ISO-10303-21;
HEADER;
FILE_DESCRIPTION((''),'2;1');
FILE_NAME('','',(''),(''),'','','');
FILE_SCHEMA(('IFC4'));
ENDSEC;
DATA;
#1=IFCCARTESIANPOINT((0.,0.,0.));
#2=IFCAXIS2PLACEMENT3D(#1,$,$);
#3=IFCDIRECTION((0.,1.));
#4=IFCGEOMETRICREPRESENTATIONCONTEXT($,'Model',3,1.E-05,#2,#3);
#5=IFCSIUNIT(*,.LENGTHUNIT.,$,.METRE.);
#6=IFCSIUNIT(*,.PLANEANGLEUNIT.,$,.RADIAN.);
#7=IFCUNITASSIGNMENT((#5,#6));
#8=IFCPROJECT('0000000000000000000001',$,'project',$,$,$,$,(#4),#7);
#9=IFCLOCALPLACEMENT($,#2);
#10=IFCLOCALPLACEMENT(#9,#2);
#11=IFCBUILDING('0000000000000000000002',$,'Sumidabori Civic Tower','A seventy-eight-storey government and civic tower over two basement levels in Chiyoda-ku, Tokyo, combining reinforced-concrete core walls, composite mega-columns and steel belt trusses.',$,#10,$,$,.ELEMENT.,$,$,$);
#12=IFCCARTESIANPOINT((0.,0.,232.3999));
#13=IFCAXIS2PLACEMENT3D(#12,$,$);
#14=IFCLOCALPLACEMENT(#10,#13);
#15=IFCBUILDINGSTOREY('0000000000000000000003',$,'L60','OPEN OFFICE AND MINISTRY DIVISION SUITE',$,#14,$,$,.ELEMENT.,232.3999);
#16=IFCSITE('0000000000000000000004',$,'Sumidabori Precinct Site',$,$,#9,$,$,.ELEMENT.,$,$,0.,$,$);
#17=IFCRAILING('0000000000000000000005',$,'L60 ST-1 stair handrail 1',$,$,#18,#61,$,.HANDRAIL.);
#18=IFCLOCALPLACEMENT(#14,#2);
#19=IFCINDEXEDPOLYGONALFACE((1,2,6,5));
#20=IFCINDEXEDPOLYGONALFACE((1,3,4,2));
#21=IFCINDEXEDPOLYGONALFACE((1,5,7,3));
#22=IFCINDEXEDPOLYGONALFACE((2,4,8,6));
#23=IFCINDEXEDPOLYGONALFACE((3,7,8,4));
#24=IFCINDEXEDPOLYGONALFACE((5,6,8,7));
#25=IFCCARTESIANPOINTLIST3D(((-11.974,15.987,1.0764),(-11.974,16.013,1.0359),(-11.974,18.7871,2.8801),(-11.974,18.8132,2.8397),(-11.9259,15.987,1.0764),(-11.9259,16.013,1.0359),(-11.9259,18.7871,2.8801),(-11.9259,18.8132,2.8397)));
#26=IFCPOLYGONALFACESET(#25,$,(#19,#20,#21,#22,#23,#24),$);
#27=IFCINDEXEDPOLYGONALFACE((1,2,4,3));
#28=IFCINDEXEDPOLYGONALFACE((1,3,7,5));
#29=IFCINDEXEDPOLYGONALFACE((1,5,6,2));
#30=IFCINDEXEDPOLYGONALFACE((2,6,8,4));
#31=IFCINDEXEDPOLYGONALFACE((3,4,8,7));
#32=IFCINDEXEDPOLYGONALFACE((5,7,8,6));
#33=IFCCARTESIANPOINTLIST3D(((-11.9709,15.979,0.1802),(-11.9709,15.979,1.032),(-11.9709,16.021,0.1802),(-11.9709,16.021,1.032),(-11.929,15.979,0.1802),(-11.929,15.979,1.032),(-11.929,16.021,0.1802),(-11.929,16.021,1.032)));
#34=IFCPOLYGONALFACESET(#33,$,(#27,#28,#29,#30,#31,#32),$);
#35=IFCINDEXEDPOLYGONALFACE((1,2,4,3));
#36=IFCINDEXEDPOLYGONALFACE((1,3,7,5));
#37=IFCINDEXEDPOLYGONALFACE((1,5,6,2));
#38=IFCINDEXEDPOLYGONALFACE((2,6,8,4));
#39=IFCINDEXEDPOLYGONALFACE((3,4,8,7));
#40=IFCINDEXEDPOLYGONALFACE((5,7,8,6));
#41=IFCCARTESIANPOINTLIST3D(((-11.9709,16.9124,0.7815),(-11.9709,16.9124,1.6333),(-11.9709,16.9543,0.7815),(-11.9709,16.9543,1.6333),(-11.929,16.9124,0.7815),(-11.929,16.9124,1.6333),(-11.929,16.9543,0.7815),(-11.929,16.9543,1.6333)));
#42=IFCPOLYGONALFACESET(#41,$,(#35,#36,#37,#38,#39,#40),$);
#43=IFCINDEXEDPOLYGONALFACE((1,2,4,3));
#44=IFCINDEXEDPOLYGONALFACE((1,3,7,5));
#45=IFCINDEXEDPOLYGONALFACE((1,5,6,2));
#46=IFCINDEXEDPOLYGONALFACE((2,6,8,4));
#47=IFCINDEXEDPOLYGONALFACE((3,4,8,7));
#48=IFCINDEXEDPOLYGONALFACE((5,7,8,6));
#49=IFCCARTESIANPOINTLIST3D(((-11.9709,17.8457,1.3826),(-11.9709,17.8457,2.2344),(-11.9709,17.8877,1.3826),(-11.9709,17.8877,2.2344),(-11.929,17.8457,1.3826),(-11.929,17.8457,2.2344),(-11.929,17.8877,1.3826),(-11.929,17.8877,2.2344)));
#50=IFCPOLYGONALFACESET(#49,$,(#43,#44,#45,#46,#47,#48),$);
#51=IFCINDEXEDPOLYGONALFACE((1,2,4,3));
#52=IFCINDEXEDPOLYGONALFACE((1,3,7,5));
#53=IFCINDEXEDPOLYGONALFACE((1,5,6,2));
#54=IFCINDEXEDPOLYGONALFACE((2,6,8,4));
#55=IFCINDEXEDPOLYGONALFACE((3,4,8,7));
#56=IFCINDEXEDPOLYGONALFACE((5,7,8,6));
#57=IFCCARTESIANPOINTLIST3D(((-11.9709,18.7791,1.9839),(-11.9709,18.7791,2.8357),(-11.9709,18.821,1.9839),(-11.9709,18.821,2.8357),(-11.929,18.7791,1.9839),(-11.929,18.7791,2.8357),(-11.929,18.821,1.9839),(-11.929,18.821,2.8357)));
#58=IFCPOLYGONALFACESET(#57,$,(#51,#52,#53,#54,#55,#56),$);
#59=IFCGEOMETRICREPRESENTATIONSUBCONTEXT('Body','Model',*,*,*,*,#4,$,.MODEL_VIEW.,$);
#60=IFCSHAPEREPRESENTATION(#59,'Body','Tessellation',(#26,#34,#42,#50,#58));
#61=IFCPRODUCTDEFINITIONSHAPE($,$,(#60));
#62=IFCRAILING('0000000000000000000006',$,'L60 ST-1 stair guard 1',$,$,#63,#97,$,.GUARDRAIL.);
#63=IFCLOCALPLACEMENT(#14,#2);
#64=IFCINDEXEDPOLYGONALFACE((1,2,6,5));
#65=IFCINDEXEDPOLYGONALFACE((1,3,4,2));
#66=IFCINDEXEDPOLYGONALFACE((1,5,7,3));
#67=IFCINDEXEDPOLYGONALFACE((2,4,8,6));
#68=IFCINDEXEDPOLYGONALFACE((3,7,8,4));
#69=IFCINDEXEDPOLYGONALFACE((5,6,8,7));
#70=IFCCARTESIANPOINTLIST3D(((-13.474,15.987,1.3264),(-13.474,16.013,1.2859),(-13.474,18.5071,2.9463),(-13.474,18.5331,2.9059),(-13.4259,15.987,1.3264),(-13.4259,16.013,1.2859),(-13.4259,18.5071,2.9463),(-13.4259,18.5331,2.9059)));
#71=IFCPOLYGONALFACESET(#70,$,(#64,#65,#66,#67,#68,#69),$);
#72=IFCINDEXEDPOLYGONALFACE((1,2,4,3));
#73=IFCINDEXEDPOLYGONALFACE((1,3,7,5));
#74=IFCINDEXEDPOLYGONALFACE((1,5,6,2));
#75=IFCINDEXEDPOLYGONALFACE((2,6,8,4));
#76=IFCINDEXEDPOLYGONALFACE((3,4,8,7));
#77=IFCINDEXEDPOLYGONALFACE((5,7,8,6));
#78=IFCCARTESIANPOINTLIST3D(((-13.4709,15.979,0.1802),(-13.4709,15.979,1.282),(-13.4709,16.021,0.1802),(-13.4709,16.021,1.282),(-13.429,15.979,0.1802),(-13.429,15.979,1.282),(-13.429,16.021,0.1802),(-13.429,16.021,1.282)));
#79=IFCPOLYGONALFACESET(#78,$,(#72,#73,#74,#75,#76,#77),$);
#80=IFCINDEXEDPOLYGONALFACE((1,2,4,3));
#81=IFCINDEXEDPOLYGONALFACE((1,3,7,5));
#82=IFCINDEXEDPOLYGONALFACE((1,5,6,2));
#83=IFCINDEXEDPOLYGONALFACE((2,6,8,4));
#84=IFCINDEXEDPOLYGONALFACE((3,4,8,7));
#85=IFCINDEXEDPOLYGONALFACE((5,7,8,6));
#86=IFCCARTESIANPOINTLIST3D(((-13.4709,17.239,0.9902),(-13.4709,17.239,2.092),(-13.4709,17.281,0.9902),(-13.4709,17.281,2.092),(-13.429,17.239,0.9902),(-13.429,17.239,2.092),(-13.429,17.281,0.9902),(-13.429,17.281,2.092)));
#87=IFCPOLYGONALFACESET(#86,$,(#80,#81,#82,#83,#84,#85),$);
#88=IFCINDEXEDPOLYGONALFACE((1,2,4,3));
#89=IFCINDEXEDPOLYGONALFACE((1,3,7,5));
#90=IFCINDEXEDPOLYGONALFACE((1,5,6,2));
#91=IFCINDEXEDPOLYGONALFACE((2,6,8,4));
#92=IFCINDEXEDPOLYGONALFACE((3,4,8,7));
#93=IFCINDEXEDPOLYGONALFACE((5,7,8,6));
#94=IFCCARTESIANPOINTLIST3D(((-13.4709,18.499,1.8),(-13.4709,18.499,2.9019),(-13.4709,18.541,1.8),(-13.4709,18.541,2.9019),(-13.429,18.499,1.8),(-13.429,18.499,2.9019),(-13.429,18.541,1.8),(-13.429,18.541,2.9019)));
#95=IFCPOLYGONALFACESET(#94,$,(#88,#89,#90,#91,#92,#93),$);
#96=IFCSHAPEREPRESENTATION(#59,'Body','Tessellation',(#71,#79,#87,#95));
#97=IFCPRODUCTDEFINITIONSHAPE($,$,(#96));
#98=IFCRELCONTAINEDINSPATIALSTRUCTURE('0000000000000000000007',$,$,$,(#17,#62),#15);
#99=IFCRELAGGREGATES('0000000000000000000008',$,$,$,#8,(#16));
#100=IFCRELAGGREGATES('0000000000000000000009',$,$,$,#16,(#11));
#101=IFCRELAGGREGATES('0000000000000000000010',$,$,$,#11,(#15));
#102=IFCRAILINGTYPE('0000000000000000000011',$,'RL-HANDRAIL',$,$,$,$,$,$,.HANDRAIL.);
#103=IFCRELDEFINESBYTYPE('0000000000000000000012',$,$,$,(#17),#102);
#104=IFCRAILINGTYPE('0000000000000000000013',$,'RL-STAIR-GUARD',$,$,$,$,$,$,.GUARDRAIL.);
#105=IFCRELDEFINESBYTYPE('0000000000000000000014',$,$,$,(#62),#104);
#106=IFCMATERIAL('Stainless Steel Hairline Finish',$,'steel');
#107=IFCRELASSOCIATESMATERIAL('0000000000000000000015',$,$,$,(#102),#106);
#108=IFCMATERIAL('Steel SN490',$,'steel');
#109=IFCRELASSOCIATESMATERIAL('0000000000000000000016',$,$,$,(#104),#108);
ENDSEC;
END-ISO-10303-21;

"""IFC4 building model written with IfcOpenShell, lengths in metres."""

from ifc_helpers import new_model, si_unit, direction, frame, origin, origin_2d, place, context, subcontext, project, spatial, rectangle, extrude, material, type_object, element, save


model = new_model("IFC4")

# Units and contexts
model_context = context("Model", 3, precision=1e-05, world=origin(), true_north=direction((0.0, 1.0)))
body_context = subcontext(model_context, "Body", "Model", "MODEL_VIEW")
ifc_project = project(units=[si_unit("LENGTHUNIT", "METRE"), si_unit("PLANEANGLEUNIT", "RADIAN")], contexts=[model_context])

# Site, building, storey
site_placement = place(None, origin())
site = spatial("IfcSite", under=ifc_project, at=site_placement, Name="Sumidabori Precinct Site", CompositionType="ELEMENT", RefElevation=0.0)
building_placement = place(site_placement, origin())
building = spatial("IfcBuilding", under=site, at=building_placement, Name="Sumidabori Civic Tower", Description="A seventy-eight-storey government and civic tower over two basement levels in Chiyoda-ku, Tokyo, combining reinforced-concrete core walls, composite mega-columns and steel belt trusses.", CompositionType="ELEMENT")
storey_placement = place(building_placement, frame((0.0, 0.0, 232.3999)))
storey = spatial("IfcBuildingStorey", under=building, at=storey_placement, Name="L60", Description="OPEN OFFICE AND MINISTRY DIVISION SUITE", CompositionType="ELEMENT", Elevation=232.3999)

# Shared definitions
ifc_material_1 = material(Name="Stainless Steel Hairline Finish", Category="steel")

# Shared definitions
ifc_material_2 = material(Name="Steel SN490", Category="steel")

# Railings
railing_type_1 = type_object("IfcRailingType", Name="RL-HANDRAIL", PredefinedType="HANDRAIL", material=ifc_material_1)
railing_1_placement = place(storey_placement, frame((-11.95, 16.0, 0.1802)))
element("IfcRailing", 1, at=railing_1_placement, inside=storey, type_object=railing_type_1, Name="L60 ST-1 stair handrail 1", PredefinedType="HANDRAIL", context=body_context, shape_type="SweptSolid", body=[
    extrude(rectangle(XDim=0.0481, YDim=0.0481, at=origin_2d()), frame((0.0, 0.0, 0.876), z_axis=(0.0, 0.840676, 0.541539), x_axis=(-1.0, 0.0, 0.0)), (0.0, 0.0, 1.0), 3.3308),
    extrude(rectangle(XDim=0.042, YDim=0.042, at=origin_2d()), origin(), (0.0, 0.0, 1.0), 0.8518),
    extrude(rectangle(XDim=0.042, YDim=0.042, at=origin_2d()), frame((0.0, 0.9333, 0.6013)), (0.0, 0.0, 1.0), 0.8518),
    extrude(rectangle(XDim=0.042, YDim=0.042, at=origin_2d()), frame((0.0, 1.8667, 1.2024)), (0.0, 0.0, 1.0), 0.8518),
    extrude(rectangle(XDim=0.042, YDim=0.042, at=origin_2d()), frame((0.0, 2.8, 1.8037)), (0.0, 0.0, 1.0), 0.8518),
])
railing_type_2 = type_object("IfcRailingType", Name="RL-STAIR-GUARD", PredefinedType="GUARDRAIL", material=ifc_material_2)
railing_2_placement = place(storey_placement, frame((-13.45, 16.0, 0.1802)))
element("IfcRailing", 2, at=railing_2_placement, inside=storey, type_object=railing_type_2, Name="L60 ST-1 stair guard 1", PredefinedType="GUARDRAIL", context=body_context, shape_type="SweptSolid", body=[
    extrude(rectangle(XDim=0.0481, YDim=0.0481, at=origin_2d()), frame((0.0, 0.0, 1.126), z_axis=(0.0, 0.8412, 0.540725), x_axis=(-1.0, 0.0, 0.0)), (0.0, 0.0, 1.0), 2.9958),
    extrude(rectangle(XDim=0.042, YDim=0.042, at=origin_2d()), origin(), (0.0, 0.0, 1.0), 1.1018),
    extrude(rectangle(XDim=0.042, YDim=0.042, at=origin_2d()), frame((0.0, 1.26, 0.8101)), (0.0, 0.0, 1.0), 1.1018),
    extrude(rectangle(XDim=0.042, YDim=0.042, at=origin_2d()), frame((0.0, 2.52, 1.6199)), (0.0, 0.0, 1.0), 1.1018),
])

save(model, "model.ifc")
